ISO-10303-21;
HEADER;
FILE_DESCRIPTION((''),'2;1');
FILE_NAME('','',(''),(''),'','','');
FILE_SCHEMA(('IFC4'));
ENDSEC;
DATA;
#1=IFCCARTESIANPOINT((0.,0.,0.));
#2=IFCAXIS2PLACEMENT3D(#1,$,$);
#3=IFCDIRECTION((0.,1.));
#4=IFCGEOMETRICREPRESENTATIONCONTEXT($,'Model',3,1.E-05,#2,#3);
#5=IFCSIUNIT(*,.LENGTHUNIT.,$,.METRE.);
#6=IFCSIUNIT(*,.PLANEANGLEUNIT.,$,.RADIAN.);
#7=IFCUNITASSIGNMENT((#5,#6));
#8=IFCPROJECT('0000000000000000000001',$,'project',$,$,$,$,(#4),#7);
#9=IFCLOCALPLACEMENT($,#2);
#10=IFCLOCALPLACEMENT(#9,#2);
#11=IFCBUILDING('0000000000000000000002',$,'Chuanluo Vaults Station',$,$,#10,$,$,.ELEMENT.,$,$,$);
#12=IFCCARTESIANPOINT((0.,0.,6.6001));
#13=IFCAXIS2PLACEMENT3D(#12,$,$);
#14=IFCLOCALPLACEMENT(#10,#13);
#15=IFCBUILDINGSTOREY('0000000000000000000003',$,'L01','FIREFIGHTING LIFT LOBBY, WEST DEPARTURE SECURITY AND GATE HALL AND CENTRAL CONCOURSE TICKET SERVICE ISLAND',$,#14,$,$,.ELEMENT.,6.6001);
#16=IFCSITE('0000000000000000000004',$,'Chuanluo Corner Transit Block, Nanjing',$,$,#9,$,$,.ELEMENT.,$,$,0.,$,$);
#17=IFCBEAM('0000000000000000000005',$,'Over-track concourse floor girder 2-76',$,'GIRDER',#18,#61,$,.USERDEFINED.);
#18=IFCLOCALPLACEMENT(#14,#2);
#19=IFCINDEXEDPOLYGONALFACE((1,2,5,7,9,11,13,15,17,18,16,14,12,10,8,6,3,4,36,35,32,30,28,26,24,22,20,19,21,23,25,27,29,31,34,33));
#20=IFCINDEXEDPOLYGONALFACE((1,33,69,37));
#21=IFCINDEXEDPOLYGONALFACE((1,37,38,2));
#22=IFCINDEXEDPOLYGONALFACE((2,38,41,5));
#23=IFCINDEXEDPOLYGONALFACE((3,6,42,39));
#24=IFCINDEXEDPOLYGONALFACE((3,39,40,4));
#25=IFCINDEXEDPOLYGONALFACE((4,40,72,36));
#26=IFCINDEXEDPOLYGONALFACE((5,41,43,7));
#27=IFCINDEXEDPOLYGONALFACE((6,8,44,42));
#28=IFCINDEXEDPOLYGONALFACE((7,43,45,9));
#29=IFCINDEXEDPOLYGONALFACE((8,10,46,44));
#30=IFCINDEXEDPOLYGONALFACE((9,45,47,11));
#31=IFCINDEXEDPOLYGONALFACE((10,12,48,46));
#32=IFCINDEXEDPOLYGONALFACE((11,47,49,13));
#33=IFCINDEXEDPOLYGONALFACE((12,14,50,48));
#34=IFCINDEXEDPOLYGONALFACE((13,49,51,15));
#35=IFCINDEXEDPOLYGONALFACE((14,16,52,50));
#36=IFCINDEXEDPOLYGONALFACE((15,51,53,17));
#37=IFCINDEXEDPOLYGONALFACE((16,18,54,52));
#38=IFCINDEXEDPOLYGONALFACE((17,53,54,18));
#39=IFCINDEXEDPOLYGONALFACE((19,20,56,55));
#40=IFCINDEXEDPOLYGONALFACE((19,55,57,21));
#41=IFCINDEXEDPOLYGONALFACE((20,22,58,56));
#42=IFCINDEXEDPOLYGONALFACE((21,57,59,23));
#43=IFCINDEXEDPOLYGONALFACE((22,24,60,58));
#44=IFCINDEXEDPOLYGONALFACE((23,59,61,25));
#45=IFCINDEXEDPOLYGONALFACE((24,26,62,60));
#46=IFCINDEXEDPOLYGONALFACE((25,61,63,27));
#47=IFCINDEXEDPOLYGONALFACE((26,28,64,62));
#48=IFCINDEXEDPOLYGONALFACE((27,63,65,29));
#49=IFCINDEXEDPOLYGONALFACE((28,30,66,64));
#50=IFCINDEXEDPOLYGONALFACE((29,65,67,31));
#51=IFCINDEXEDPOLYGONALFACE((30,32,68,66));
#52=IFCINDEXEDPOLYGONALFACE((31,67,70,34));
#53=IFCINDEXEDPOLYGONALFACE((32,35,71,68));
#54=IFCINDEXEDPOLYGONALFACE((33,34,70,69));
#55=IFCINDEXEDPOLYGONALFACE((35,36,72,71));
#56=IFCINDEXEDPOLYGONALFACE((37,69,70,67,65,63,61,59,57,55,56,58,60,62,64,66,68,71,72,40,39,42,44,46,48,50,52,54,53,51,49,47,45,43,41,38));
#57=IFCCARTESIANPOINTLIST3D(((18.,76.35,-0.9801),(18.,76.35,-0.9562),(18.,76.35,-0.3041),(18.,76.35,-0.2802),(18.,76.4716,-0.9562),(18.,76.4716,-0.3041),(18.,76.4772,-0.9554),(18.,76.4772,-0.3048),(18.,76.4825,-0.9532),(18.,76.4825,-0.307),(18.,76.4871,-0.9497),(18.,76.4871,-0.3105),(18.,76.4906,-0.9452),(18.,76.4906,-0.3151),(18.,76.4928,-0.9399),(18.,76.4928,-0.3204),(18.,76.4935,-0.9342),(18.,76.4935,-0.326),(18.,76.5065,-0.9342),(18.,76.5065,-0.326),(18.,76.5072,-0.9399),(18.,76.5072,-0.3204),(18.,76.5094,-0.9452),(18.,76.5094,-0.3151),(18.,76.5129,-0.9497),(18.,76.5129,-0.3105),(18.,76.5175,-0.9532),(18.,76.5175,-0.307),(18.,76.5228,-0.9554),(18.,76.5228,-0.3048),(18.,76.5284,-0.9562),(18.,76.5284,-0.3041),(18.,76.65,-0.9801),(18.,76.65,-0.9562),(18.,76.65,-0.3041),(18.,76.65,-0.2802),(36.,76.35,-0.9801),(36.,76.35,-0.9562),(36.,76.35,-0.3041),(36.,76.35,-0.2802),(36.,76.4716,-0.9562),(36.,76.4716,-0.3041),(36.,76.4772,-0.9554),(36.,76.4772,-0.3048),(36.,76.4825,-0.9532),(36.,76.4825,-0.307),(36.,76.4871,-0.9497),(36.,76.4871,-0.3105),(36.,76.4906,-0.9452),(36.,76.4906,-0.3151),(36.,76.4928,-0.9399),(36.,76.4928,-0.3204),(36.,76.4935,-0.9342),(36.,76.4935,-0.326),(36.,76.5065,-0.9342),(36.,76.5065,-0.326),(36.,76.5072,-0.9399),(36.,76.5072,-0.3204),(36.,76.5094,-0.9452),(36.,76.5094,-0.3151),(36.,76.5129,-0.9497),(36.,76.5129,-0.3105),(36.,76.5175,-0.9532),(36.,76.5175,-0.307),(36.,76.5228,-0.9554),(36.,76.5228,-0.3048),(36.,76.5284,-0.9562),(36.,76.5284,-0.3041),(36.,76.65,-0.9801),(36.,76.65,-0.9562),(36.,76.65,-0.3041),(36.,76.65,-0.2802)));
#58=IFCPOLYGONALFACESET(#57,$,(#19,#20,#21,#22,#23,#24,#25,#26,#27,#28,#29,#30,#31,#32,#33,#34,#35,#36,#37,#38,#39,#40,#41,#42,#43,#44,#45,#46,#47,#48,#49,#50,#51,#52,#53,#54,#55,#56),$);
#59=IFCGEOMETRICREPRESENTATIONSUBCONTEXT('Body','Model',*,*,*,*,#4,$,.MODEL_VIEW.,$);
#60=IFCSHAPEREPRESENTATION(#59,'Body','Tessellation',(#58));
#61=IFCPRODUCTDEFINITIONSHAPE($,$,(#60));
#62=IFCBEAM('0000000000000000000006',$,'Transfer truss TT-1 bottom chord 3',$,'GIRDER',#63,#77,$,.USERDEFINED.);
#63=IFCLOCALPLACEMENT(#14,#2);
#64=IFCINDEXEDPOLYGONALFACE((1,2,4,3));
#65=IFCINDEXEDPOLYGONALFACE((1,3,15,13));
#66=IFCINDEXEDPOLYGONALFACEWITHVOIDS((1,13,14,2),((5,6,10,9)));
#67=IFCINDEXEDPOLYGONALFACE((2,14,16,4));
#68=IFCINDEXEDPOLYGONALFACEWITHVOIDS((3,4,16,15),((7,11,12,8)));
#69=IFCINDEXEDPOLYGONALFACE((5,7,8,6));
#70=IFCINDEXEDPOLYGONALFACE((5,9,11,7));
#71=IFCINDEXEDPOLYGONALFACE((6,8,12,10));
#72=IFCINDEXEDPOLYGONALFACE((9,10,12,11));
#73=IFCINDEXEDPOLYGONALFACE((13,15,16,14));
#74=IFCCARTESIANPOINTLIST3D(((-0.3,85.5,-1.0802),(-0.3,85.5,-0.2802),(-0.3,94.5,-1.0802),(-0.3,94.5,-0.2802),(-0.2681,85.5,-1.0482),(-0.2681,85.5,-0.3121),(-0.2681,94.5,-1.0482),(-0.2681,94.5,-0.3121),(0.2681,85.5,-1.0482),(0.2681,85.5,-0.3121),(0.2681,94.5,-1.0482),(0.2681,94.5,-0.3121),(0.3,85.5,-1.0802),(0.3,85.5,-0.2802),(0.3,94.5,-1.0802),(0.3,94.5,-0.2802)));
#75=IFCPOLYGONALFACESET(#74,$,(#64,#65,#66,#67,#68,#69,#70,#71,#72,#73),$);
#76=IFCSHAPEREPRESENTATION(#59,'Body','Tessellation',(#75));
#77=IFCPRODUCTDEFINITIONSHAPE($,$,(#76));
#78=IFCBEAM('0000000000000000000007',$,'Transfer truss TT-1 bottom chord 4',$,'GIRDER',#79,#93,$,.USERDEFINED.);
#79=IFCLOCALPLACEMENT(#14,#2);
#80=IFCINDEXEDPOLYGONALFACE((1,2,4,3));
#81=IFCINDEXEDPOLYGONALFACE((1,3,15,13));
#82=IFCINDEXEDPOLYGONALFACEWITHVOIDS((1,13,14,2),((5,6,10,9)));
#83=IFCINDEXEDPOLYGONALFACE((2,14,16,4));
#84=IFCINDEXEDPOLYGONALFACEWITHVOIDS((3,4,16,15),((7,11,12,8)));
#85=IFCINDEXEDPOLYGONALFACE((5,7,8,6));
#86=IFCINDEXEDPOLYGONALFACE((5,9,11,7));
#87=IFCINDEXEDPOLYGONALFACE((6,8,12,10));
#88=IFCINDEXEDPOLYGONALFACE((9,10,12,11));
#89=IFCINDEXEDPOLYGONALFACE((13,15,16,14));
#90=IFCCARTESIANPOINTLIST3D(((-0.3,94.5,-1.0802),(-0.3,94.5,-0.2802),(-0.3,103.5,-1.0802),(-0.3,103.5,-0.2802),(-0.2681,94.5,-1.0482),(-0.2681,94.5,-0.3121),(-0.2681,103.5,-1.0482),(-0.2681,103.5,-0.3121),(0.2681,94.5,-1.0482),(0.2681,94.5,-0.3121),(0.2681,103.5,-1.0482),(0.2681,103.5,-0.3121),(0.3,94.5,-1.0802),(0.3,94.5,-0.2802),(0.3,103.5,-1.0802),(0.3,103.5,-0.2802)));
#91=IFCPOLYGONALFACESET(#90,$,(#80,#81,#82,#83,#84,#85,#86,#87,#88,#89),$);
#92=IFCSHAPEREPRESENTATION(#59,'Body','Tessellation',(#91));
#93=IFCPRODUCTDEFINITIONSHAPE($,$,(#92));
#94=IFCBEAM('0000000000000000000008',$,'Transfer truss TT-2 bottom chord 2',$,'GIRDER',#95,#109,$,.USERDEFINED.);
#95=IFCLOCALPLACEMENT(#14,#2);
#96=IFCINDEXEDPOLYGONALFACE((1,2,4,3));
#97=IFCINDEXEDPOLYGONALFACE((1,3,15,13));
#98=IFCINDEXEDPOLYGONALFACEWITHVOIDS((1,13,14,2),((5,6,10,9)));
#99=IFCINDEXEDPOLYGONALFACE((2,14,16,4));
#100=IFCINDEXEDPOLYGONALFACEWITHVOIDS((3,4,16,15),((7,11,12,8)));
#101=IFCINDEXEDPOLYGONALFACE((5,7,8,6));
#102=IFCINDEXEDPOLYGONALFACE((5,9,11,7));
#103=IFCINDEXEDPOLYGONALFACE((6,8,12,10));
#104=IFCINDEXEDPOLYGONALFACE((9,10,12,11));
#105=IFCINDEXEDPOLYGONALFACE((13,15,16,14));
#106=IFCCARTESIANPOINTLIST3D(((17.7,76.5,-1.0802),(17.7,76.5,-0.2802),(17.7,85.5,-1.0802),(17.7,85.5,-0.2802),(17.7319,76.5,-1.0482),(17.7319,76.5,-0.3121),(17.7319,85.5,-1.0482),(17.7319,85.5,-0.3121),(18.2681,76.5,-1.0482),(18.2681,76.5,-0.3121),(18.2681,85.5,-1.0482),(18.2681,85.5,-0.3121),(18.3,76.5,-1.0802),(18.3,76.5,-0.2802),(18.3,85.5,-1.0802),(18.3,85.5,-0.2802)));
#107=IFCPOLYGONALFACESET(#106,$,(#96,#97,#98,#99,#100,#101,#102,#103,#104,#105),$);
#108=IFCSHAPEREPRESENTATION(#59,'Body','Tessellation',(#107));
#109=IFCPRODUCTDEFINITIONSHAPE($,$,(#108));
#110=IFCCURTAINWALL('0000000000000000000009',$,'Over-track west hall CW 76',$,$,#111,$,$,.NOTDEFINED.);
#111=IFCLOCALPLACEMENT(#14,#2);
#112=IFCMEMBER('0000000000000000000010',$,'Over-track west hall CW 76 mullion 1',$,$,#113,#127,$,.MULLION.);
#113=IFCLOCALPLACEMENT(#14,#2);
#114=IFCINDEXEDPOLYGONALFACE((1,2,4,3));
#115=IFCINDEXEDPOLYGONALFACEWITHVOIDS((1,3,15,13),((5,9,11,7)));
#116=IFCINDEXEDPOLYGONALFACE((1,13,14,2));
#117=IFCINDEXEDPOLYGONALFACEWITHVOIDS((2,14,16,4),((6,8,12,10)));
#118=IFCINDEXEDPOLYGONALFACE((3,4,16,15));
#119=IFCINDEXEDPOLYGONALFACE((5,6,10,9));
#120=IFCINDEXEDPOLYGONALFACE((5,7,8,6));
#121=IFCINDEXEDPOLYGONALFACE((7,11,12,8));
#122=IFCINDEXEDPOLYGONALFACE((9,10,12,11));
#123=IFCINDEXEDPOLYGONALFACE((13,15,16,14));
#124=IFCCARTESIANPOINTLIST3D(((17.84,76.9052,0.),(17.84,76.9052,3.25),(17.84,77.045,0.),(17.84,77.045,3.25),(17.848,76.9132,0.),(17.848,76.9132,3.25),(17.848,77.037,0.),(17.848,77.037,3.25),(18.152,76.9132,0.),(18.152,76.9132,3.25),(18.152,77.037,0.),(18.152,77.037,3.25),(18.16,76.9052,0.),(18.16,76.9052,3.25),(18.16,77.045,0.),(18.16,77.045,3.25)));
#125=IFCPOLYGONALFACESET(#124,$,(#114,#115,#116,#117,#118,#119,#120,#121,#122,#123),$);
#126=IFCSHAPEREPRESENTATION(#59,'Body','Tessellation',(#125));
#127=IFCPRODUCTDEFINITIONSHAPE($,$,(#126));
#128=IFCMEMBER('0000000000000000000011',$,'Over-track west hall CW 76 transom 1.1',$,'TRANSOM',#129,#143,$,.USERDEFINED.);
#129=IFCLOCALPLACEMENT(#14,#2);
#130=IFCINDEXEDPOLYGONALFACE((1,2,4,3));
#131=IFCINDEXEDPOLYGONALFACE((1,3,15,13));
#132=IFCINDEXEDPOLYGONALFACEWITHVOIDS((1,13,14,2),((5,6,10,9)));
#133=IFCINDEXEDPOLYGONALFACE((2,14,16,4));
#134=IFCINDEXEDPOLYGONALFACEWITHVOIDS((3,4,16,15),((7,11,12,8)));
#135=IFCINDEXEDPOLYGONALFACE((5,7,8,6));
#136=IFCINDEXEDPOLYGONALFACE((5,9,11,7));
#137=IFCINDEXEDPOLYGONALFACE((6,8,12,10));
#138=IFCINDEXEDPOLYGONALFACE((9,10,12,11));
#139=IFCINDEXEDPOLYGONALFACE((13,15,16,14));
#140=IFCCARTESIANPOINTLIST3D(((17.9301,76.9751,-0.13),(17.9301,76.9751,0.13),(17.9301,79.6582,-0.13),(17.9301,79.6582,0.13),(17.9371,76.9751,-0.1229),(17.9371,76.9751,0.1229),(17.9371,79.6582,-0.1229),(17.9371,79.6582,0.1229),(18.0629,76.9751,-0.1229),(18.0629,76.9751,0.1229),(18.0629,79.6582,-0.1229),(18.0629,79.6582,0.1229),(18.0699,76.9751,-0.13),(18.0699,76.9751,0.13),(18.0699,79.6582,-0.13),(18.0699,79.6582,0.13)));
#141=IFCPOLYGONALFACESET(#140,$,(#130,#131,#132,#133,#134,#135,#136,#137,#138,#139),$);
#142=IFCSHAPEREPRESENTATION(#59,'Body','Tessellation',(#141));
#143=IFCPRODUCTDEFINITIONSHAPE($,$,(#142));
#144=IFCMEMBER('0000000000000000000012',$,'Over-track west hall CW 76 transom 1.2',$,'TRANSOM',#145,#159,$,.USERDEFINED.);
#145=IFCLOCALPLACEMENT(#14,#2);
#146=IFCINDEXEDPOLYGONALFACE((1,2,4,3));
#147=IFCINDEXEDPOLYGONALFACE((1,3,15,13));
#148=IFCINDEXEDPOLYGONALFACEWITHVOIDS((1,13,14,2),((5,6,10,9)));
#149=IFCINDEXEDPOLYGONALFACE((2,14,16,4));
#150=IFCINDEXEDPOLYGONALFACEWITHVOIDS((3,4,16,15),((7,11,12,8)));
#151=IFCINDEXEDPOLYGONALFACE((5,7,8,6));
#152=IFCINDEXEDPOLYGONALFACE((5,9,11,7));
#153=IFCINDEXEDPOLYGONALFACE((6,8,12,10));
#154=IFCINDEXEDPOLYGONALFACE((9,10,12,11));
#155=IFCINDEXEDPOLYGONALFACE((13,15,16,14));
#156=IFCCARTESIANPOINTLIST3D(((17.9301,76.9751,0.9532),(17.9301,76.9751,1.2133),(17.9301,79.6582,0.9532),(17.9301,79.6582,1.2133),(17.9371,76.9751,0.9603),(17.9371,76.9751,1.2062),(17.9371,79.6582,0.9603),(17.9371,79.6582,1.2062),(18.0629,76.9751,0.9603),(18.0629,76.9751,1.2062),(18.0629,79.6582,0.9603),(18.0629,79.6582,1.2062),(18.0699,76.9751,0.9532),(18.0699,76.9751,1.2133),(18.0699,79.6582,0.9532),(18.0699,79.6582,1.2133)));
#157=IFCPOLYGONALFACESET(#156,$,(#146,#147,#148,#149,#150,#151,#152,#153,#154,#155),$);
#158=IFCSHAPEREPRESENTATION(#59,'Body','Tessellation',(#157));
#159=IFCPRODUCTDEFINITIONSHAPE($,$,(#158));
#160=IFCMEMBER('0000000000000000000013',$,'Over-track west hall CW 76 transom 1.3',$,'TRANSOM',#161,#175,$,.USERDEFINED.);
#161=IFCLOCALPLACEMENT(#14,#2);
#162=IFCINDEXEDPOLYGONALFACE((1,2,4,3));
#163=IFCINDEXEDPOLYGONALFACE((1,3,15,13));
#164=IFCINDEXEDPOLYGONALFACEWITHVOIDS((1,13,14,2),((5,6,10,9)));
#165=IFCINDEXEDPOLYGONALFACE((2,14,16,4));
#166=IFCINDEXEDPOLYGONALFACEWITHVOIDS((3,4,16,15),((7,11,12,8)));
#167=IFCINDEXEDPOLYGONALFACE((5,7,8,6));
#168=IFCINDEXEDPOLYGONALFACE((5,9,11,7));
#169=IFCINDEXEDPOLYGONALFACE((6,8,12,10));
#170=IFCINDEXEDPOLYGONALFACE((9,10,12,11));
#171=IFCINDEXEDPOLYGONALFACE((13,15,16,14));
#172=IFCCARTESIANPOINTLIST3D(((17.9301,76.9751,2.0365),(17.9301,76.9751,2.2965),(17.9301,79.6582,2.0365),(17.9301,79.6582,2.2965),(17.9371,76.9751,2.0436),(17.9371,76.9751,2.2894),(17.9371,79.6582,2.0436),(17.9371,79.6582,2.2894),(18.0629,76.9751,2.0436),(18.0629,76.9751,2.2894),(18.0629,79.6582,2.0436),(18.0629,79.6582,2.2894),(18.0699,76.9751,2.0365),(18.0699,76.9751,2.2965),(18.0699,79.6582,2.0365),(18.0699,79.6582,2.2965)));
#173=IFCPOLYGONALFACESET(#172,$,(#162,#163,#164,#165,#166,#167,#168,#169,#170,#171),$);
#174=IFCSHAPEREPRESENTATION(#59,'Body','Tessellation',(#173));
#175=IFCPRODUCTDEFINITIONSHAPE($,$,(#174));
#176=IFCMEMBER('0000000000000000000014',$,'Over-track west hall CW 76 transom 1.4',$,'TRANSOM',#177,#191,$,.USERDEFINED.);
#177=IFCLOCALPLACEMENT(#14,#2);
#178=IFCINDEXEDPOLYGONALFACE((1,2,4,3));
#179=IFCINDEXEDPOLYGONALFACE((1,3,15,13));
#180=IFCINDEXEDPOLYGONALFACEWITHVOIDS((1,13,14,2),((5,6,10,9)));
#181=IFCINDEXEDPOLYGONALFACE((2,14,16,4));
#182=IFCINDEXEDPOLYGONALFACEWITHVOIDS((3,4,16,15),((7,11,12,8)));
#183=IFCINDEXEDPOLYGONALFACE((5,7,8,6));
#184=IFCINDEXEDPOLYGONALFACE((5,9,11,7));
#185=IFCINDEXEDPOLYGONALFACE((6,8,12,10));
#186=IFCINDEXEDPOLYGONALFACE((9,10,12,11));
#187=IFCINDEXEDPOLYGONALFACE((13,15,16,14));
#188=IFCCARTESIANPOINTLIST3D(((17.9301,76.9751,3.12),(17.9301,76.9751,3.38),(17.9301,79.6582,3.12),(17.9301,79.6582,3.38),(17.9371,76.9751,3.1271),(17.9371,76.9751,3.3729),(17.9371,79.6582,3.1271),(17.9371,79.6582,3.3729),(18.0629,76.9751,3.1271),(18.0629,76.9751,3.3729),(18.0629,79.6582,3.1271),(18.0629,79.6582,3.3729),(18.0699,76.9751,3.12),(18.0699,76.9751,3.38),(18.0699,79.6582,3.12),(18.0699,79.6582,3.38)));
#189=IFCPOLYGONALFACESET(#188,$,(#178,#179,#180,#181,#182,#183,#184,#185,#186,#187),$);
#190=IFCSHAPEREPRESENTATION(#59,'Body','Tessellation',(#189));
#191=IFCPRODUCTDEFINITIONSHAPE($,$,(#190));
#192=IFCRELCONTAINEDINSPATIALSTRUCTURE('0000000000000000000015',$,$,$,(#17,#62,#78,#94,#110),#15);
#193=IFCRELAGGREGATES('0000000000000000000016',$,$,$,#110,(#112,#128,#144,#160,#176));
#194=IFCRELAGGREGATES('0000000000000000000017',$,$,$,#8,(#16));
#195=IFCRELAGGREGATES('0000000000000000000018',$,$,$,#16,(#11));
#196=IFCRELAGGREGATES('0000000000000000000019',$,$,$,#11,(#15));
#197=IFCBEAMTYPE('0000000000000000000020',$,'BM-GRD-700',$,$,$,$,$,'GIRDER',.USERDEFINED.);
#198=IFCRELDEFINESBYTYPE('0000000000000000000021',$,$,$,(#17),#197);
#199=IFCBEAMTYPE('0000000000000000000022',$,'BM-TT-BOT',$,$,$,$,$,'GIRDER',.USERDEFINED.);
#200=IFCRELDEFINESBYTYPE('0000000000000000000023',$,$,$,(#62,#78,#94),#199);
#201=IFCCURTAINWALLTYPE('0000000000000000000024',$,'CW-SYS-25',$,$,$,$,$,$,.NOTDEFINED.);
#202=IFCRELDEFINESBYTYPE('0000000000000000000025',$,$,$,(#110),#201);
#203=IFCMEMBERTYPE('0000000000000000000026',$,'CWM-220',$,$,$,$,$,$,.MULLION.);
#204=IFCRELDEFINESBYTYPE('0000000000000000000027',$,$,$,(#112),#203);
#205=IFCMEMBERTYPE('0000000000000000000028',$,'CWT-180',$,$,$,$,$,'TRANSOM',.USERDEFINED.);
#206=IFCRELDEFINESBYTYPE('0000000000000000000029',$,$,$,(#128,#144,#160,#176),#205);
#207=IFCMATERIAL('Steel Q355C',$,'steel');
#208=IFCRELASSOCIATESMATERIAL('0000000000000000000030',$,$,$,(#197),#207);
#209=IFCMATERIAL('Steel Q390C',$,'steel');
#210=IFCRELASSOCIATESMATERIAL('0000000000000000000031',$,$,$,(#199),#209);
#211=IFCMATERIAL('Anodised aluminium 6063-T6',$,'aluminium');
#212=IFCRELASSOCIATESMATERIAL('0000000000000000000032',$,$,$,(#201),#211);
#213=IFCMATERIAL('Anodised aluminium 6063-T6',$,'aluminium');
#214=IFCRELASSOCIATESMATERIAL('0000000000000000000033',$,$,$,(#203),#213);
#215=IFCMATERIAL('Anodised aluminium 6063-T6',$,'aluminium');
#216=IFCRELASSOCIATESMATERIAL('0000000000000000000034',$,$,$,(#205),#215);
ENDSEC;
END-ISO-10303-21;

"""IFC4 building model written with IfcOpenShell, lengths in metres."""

from ifc_helpers import new_model, si_unit, direction, frame, origin, origin_2d, place, context, subcontext, project, spatial, hollow_rectangle, i_section, extrude, material, material_profile, profile_set, type_object, element, aggregate, save


model = new_model("IFC4")

# Units and contexts
model_context = context("Model", 3, precision=1e-05, world=origin(), true_north=direction((0.0, 1.0)))
body_context = subcontext(model_context, "Body", "Model", "MODEL_VIEW")
ifc_project = project(units=[si_unit("LENGTHUNIT", "METRE"), si_unit("PLANEANGLEUNIT", "RADIAN")], contexts=[model_context])

# Site, building, storey
site_placement = place(None, origin())
site = spatial("IfcSite", under=ifc_project, at=site_placement, Name="Chuanluo Corner Transit Block, Nanjing", CompositionType="ELEMENT", RefElevation=0.0)
building_placement = place(site_placement, origin())
building = spatial("IfcBuilding", under=site, at=building_placement, Name="Chuanluo Vaults Station", CompositionType="ELEMENT")
storey_placement = place(building_placement, frame((0.0, 0.0, 6.6001)))
storey = spatial("IfcBuildingStorey", under=building, at=storey_placement, Name="L01", Description="FIREFIGHTING LIFT LOBBY, WEST DEPARTURE SECURITY AND GATE HALL AND CENTRAL CONCOURSE TICKET SERVICE ISLAND", CompositionType="ELEMENT", Elevation=6.6001)

# Beams
ifc_material_1 = material(Name="Steel Q355C", Category="steel")
ifc_material_profile_1 = material_profile(ifc_material_1, i_section(OverallWidth=0.3, OverallDepth=0.7, WebThickness=0.0129, FlangeThickness=0.0239, FilletRadius=0.022, at=origin_2d()))
ifc_profile_set_1 = profile_set([ifc_material_profile_1], Name="Steel Q355C")
beam_type_1 = type_object("IfcBeamType", Name="BM-GRD-700", ElementType="GIRDER", PredefinedType="USERDEFINED", material=ifc_profile_set_1)
for number, where, z_axis, x_axis, name in (
    (1, (18.0, 76.5, -0.6301), (1.0, 0.0, 0.0), (0.0, 1.0, 0.0), "Over-track concourse floor girder 2-76"),
):
    element("IfcBeam", number, at=place(storey_placement, frame(where, z_axis=z_axis, x_axis=x_axis)), inside=storey, type_object=beam_type_1, Name=name, ObjectType="GIRDER", PredefinedType="USERDEFINED", context=body_context, shape_type="SweptSolid", body=[
        extrude(i_section(OverallWidth=0.3, OverallDepth=0.7, WebThickness=0.0129, FlangeThickness=0.0239, FilletRadius=0.022, at=origin_2d()), origin(), (0.0, 0.0, 1.0), 18.0),
    ])
ifc_material_2 = material(Name="Steel Q390C", Category="steel")
ifc_material_profile_2 = material_profile(ifc_material_2, hollow_rectangle(XDim=0.6001, YDim=0.8, WallThickness=0.032, at=origin_2d()))
ifc_profile_set_2 = profile_set([ifc_material_profile_2], Name="Steel Q390C")
beam_type_2 = type_object("IfcBeamType", Name="BM-TT-BOT", ElementType="GIRDER", PredefinedType="USERDEFINED", material=ifc_profile_set_2)
for number, where, z_axis, x_axis, name in (
    (2, (0.0, 85.5, -0.6802), (0.0, 1.0, 0.0), (-1.0, 0.0, 0.0), "Transfer truss TT-1 bottom chord 3"),
    (3, (0.0, 94.5, -0.6802), (0.0, 1.0, 0.0), (-1.0, 0.0, 0.0), "Transfer truss TT-1 bottom chord 4"),
    (4, (18.0, 76.5, -0.6802), (0.0, 1.0, 0.0), (-1.0, 0.0, 0.0), "Transfer truss TT-2 bottom chord 2"),
):
    element("IfcBeam", number, at=place(storey_placement, frame(where, z_axis=z_axis, x_axis=x_axis)), inside=storey, type_object=beam_type_2, Name=name, ObjectType="GIRDER", PredefinedType="USERDEFINED", context=body_context, shape_type="SweptSolid", body=[
        extrude(hollow_rectangle(XDim=0.6001, YDim=0.8, WallThickness=0.032, at=origin_2d()), origin(), (0.0, 0.0, 1.0), 9.0),
    ])

# Curtain wall, members
ifc_material_3 = material(Name="Anodised aluminium 6063-T6", Category="aluminium")
curtain_wall_type = type_object("IfcCurtainWallType", Name="CW-SYS-25", PredefinedType="NOTDEFINED", material=ifc_material_3)
curtain_wall_placement = place(storey_placement, origin())
curtain_wall = element("IfcCurtainWall", 5, at=curtain_wall_placement, inside=storey, type_object=curtain_wall_type, Name="Over-track west hall CW 76", PredefinedType="NOTDEFINED")
ifc_material_4 = material(Name="Anodised aluminium 6063-T6", Category="aluminium")
ifc_material_profile_3 = material_profile(ifc_material_4, hollow_rectangle(XDim=0.1399, YDim=0.3201, WallThickness=0.0081, at=origin_2d()))
ifc_profile_set_3 = profile_set([ifc_material_profile_3], Name="Anodised aluminium 6063-T6")
member_type_1 = type_object("IfcMemberType", Name="CWM-220", PredefinedType="MULLION", material=ifc_profile_set_3)
member_1_placement = place(storey_placement, frame((18.0, 76.9751, 0.0), z_axis=(0.0, 0.0, 1.0), x_axis=(0.0, 1.0, 0.0)))
member_1 = element("IfcMember", 6, at=member_1_placement, type_object=member_type_1, Name="Over-track west hall CW 76 mullion 1", PredefinedType="MULLION", context=body_context, shape_type="SweptSolid", body=[
    extrude(hollow_rectangle(XDim=0.1399, YDim=0.3201, WallThickness=0.0081, at=origin_2d()), origin(), (0.0, 0.0, 1.0), 3.25),
])
ifc_material_5 = material(Name="Anodised aluminium 6063-T6", Category="aluminium")
ifc_material_profile_4 = material_profile(ifc_material_5, hollow_rectangle(XDim=0.1399, YDim=0.26, WallThickness=0.0071, at=origin_2d()))
ifc_profile_set_4 = profile_set([ifc_material_profile_4], Name="Anodised aluminium 6063-T6")
member_type_2 = type_object("IfcMemberType", Name="CWT-180", ElementType="TRANSOM", PredefinedType="USERDEFINED", material=ifc_profile_set_4)
member_2_placement = place(storey_placement, frame((18.0, 76.9751, 0.0), z_axis=(0.0, 1.0, 0.0), x_axis=(-1.0, 0.0, 0.0)))
member_2 = element("IfcMember", 7, at=member_2_placement, type_object=member_type_2, Name="Over-track west hall CW 76 transom 1.1", ObjectType="TRANSOM", PredefinedType="USERDEFINED", context=body_context, shape_type="SweptSolid", body=[
    extrude(hollow_rectangle(XDim=0.1399, YDim=0.26, WallThickness=0.0071, at=origin_2d()), origin(), (0.0, 0.0, 1.0), 2.6831),
])
member_3_placement = place(storey_placement, frame((18.0, 76.9751, 1.0833), z_axis=(0.0, 1.0, 0.0), x_axis=(-1.0, 0.0, 0.0)))
member_3 = element("IfcMember", 8, at=member_3_placement, type_object=member_type_2, Name="Over-track west hall CW 76 transom 1.2", ObjectType="TRANSOM", PredefinedType="USERDEFINED", context=body_context, shape_type="SweptSolid", body=[
    extrude(hollow_rectangle(XDim=0.1399, YDim=0.26, WallThickness=0.0071, at=origin_2d()), origin(), (0.0, 0.0, 1.0), 2.6831),
])
member_4_placement = place(storey_placement, frame((18.0, 76.9751, 2.1665), z_axis=(0.0, 1.0, 0.0), x_axis=(-1.0, 0.0, 0.0)))
member_4 = element("IfcMember", 9, at=member_4_placement, type_object=member_type_2, Name="Over-track west hall CW 76 transom 1.3", ObjectType="TRANSOM", PredefinedType="USERDEFINED", context=body_context, shape_type="SweptSolid", body=[
    extrude(hollow_rectangle(XDim=0.1399, YDim=0.26, WallThickness=0.0071, at=origin_2d()), origin(), (0.0, 0.0, 1.0), 2.6831),
])
member_5_placement = place(storey_placement, frame((18.0, 76.9751, 3.25), z_axis=(0.0, 1.0, 0.0), x_axis=(-1.0, 0.0, 0.0)))
member_5 = element("IfcMember", 10, at=member_5_placement, type_object=member_type_2, Name="Over-track west hall CW 76 transom 1.4", ObjectType="TRANSOM", PredefinedType="USERDEFINED", context=body_context, shape_type="SweptSolid", body=[
    extrude(hollow_rectangle(XDim=0.1399, YDim=0.26, WallThickness=0.0071, at=origin_2d()), origin(), (0.0, 0.0, 1.0), 2.6831),
])
aggregate(curtain_wall, [member_1, member_2, member_3, member_4, member_5])

save(model, "model.ifc")
